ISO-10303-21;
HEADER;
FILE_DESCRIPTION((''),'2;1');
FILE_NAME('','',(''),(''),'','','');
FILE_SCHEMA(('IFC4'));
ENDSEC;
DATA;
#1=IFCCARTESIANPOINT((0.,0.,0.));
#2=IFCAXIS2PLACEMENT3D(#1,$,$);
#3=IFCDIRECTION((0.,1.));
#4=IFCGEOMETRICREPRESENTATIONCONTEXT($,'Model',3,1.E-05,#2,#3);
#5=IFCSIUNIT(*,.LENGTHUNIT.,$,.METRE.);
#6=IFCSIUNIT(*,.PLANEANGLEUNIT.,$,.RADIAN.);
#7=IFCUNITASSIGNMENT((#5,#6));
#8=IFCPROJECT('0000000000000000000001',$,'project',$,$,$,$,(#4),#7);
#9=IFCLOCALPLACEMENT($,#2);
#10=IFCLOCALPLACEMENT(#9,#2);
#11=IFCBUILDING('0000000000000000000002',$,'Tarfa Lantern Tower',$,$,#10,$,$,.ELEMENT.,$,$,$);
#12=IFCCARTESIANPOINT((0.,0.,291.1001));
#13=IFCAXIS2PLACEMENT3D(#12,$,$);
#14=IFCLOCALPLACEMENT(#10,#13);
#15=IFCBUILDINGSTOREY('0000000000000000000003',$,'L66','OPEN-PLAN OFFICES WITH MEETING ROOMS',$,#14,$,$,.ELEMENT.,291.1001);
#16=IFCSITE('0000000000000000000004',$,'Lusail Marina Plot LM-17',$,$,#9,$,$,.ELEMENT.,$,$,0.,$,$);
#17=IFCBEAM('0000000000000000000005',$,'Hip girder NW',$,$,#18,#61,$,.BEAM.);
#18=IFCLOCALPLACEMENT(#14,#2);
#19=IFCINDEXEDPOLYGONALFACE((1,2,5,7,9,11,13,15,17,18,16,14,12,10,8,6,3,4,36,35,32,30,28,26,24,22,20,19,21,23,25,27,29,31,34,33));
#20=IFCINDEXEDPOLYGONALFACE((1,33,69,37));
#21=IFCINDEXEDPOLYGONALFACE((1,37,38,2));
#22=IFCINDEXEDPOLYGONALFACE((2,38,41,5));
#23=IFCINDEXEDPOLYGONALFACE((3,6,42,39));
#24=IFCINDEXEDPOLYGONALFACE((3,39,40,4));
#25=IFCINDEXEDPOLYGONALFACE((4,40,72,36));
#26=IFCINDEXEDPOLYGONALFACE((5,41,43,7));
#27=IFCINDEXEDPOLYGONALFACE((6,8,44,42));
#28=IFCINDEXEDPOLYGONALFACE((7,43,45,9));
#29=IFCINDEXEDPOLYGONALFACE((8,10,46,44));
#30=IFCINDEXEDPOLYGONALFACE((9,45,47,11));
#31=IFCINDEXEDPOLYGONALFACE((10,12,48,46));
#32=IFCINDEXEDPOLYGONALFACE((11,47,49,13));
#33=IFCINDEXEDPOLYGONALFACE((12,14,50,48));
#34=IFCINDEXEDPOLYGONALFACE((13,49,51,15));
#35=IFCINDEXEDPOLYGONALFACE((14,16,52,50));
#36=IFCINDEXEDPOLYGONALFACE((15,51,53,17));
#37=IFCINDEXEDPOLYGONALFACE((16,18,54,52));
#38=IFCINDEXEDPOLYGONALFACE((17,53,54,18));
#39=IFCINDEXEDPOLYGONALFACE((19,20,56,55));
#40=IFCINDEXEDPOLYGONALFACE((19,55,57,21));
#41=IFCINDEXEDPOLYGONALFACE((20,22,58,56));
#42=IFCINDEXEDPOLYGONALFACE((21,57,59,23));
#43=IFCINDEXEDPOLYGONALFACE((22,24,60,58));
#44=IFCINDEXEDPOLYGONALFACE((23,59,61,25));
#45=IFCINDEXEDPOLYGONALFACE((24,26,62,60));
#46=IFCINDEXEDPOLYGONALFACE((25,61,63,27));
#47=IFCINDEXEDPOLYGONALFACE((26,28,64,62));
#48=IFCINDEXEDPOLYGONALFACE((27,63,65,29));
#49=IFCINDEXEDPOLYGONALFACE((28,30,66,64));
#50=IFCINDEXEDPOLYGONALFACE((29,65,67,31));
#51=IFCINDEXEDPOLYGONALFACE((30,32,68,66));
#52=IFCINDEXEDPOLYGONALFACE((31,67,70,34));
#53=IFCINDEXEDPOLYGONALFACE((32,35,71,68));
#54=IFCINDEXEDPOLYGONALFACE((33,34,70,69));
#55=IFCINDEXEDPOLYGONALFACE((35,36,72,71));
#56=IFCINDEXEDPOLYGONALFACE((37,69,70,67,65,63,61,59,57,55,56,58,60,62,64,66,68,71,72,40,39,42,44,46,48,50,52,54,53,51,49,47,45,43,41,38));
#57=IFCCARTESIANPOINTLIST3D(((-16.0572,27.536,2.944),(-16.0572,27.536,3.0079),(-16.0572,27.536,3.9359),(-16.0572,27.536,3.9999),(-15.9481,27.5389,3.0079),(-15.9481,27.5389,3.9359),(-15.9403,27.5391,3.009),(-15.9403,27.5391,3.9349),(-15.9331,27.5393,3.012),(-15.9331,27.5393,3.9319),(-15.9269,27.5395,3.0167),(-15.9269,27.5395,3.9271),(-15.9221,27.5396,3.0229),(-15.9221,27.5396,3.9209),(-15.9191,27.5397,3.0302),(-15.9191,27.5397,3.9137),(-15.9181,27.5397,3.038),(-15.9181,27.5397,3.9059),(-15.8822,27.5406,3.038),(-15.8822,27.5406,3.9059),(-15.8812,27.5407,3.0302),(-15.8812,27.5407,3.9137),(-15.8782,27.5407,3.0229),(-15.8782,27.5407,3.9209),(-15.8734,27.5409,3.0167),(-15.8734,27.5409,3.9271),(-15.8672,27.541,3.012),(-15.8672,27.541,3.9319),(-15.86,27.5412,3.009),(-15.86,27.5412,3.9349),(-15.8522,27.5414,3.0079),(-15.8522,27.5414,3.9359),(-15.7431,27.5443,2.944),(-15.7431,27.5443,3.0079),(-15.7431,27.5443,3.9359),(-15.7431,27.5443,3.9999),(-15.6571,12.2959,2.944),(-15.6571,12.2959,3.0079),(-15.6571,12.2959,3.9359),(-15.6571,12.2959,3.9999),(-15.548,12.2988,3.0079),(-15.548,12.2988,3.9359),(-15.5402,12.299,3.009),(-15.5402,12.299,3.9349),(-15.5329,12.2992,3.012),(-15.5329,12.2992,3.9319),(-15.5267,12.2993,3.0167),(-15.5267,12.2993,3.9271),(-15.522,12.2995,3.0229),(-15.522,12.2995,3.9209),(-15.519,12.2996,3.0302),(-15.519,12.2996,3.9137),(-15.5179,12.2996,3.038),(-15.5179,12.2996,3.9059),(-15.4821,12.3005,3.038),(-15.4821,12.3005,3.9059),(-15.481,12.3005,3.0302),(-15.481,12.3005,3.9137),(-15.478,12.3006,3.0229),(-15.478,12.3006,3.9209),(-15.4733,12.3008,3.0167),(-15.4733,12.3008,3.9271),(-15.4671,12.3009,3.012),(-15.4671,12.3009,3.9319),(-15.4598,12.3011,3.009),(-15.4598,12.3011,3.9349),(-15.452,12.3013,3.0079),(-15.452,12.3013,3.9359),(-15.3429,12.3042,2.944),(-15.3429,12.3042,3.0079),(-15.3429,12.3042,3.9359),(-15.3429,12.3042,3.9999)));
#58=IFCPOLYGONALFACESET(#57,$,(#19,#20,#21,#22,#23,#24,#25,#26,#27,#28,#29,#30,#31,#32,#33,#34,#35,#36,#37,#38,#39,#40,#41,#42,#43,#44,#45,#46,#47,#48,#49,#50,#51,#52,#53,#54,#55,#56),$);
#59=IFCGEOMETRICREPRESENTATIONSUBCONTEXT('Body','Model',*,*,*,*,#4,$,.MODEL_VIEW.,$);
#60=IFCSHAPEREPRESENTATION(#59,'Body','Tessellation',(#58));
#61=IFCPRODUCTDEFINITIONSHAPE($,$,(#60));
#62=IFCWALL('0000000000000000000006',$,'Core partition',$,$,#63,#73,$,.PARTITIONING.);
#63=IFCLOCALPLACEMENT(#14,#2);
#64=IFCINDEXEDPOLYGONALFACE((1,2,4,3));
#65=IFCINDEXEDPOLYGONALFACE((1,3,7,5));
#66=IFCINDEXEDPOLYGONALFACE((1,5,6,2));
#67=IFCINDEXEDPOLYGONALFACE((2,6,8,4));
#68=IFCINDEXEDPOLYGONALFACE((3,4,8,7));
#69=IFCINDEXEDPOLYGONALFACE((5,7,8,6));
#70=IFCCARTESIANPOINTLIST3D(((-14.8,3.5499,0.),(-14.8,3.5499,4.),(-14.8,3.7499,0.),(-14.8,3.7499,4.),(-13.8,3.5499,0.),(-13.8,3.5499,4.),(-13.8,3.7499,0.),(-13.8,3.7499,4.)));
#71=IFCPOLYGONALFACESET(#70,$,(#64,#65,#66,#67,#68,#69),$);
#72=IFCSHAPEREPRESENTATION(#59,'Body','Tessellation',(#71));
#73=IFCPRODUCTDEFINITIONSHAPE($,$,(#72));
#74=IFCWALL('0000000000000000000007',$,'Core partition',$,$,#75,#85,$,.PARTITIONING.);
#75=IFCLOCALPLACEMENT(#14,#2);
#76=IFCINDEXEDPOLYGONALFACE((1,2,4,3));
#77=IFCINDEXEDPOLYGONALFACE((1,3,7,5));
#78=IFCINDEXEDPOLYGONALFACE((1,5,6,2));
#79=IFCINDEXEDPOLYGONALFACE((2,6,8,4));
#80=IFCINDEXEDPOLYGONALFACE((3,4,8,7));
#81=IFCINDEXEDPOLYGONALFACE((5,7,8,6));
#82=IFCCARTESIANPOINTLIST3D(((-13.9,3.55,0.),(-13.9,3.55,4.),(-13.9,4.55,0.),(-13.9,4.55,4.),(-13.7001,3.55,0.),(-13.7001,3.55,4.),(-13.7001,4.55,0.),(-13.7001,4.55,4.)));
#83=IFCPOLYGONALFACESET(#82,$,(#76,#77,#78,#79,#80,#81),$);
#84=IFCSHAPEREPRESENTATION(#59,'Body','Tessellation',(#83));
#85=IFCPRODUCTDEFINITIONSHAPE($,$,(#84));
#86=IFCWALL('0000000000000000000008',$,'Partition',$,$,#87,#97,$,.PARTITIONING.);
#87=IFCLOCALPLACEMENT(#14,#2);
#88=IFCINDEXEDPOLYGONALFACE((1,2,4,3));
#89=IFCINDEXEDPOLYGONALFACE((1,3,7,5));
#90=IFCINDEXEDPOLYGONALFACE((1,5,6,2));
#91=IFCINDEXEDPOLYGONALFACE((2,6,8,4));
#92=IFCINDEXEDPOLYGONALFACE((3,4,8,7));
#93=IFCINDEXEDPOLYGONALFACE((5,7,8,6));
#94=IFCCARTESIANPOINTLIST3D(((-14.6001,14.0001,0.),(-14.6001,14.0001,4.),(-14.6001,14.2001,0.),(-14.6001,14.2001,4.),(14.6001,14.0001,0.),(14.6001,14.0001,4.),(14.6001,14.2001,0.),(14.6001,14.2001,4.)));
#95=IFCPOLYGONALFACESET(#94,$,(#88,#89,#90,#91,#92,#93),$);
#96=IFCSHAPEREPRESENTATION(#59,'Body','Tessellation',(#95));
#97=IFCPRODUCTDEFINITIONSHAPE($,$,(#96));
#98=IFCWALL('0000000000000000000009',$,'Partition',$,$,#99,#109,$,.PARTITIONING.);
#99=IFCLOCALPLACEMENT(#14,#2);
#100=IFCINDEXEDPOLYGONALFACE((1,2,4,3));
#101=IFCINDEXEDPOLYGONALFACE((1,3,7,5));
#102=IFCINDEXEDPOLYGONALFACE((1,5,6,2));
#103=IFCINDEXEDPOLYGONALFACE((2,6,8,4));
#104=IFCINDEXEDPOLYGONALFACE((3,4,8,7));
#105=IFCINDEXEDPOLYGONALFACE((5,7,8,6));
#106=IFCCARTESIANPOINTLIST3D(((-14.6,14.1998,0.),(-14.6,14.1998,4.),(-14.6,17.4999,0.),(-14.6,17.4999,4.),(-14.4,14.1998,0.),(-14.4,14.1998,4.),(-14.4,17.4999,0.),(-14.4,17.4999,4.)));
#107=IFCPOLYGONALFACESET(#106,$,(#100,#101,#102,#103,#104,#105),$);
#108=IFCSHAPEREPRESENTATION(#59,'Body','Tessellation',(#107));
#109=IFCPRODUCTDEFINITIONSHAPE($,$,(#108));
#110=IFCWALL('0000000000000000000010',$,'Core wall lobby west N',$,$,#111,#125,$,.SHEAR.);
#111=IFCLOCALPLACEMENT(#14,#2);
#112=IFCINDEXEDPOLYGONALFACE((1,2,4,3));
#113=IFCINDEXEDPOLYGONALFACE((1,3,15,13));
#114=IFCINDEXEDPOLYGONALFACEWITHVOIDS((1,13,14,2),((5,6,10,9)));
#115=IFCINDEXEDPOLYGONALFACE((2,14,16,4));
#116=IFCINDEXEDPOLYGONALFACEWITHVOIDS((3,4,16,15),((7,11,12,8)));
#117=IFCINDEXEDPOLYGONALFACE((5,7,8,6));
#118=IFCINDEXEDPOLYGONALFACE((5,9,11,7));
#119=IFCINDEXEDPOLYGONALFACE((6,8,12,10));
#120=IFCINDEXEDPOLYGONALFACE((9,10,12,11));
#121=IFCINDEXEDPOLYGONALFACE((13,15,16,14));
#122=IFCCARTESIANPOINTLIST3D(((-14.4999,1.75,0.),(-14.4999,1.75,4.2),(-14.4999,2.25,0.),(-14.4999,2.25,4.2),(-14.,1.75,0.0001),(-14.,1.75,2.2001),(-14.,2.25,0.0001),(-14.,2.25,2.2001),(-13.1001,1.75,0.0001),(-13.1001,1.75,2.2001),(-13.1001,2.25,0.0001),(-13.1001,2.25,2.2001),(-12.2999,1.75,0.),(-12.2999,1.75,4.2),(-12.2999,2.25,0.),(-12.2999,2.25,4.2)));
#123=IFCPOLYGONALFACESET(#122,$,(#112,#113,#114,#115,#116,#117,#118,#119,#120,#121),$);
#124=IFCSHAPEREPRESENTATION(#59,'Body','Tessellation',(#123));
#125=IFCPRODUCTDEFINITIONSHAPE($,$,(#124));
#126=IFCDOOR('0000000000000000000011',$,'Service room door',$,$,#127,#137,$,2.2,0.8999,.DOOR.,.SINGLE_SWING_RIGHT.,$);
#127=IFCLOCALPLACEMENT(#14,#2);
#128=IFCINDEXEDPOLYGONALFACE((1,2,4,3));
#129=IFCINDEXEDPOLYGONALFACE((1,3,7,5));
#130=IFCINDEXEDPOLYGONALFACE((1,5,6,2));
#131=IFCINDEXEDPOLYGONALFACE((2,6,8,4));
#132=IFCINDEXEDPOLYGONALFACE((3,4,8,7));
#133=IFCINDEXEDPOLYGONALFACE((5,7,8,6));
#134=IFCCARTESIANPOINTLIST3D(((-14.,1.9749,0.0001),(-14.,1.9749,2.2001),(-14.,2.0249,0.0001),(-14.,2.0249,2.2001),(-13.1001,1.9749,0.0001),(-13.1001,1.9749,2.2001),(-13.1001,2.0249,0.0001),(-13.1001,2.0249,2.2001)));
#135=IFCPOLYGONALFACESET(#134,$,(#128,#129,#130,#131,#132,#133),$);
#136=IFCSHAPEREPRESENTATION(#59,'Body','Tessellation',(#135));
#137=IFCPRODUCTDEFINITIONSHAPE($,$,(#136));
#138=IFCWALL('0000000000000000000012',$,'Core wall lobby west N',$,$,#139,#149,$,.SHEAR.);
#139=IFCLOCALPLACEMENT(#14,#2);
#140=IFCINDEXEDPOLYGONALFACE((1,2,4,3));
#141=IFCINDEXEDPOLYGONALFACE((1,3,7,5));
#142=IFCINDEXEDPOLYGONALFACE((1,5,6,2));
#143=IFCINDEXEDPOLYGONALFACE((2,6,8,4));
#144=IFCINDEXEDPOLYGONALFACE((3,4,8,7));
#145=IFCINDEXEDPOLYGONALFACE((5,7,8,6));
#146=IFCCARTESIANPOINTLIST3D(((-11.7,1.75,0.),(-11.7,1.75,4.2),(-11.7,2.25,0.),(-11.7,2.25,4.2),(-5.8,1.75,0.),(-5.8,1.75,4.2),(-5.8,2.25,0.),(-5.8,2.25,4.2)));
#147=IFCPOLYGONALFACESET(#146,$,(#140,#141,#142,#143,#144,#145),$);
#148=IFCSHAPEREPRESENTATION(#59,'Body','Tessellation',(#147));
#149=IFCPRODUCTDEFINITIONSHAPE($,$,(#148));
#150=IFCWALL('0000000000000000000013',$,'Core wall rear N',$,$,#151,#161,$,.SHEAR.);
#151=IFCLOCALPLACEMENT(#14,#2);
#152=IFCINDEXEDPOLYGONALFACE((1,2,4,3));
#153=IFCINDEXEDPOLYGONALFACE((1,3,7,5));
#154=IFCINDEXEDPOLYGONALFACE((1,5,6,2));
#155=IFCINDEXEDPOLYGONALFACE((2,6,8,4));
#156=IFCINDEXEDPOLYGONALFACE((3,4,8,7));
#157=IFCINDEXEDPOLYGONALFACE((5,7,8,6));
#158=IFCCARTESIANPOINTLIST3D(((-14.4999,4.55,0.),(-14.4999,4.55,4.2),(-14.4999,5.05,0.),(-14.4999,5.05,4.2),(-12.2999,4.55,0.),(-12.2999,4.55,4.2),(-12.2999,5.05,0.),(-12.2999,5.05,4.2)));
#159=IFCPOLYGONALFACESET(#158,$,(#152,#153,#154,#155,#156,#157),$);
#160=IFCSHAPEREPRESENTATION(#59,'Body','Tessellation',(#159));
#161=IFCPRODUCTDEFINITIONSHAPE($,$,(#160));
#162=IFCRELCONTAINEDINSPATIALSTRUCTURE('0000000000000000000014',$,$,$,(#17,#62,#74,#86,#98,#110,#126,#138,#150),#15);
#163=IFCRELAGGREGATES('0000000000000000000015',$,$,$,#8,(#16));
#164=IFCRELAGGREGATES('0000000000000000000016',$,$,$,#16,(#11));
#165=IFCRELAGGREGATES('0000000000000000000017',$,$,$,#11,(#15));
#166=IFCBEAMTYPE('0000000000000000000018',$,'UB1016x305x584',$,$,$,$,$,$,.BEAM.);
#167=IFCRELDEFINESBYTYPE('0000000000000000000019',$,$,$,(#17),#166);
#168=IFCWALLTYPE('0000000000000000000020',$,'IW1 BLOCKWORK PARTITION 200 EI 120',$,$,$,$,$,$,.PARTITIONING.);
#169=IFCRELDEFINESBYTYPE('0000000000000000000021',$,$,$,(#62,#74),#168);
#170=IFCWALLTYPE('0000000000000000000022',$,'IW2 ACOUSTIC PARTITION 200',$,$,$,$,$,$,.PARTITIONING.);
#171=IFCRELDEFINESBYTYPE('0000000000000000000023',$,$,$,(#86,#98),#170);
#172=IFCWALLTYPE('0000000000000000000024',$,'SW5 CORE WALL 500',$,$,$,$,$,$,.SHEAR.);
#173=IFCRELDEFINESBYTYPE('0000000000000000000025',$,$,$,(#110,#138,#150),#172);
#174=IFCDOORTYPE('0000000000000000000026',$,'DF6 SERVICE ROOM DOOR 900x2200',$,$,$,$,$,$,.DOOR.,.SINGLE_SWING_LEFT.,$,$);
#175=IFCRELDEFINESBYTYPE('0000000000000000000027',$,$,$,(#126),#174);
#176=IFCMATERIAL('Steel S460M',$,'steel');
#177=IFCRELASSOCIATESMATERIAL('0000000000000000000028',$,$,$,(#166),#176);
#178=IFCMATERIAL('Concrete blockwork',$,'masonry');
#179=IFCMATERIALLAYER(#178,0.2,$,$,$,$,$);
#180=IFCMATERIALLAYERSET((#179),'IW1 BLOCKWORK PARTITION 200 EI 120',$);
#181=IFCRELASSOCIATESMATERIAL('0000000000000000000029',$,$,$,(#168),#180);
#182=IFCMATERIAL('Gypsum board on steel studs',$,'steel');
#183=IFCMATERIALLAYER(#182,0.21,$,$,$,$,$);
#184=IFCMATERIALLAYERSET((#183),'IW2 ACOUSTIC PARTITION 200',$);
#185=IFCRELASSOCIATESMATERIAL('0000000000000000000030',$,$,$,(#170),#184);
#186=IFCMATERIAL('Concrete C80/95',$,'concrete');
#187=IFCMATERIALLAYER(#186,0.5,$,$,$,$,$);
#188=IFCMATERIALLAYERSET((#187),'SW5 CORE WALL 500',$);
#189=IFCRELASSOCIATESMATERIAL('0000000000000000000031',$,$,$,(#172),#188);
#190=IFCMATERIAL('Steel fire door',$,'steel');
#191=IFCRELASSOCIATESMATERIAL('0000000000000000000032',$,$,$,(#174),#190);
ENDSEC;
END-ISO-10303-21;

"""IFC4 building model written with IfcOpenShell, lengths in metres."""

from ifc_helpers import new_model, si_unit, direction, frame, frame_2d, origin, origin_2d, place, context, subcontext, project, spatial, rectangle, i_section, extrude, material, layer, layer_set, material_profile, profile_set, type_object, element, fill, save


model = new_model("IFC4")

# Units and contexts
model_context = context("Model", 3, precision=1e-05, world=origin(), true_north=direction((0.0, 1.0)))
body_context = subcontext(model_context, "Body", "Model", "MODEL_VIEW")
ifc_project = project(units=[si_unit("LENGTHUNIT", "METRE"), si_unit("PLANEANGLEUNIT", "RADIAN")], contexts=[model_context])

# Site, building, storey
site_placement = place(None, origin())
site = spatial("IfcSite", under=ifc_project, at=site_placement, Name="Lusail Marina Plot LM-17", CompositionType="ELEMENT", RefElevation=0.0)
building_placement = place(site_placement, origin())
building = spatial("IfcBuilding", under=site, at=building_placement, Name="Tarfa Lantern Tower", CompositionType="ELEMENT")
storey_placement = place(building_placement, frame((0.0, 0.0, 291.1001)))
storey = spatial("IfcBuildingStorey", under=building, at=storey_placement, Name="L66", Description="OPEN-PLAN OFFICES WITH MEETING ROOMS", CompositionType="ELEMENT", Elevation=291.1001)

# Beam
ifc_material_1 = material(Name="Steel S460M", Category="steel")
ifc_material_profile = material_profile(ifc_material_1, i_section(OverallWidth=0.3142, OverallDepth=1.0559, WebThickness=0.0359, FlangeThickness=0.064, FilletRadius=0.03, at=origin_2d()), Name="UB1016x305x584")
ifc_profile_set = profile_set([ifc_material_profile], Name="Steel S460M")
beam_type = type_object("IfcBeamType", Name="UB1016x305x584", PredefinedType="BEAM", material=ifc_profile_set)
beam_placement = place(storey_placement, frame((-15.5, 12.3, 3.4719), z_axis=(-0.026247, 0.999655, 0.0), x_axis=(-0.999655, -0.026247, 0.0)))
element("IfcBeam", 1, at=beam_placement, inside=storey, type_object=beam_type, Name="Hip girder NW", PredefinedType="BEAM", context=body_context, shape_type="SweptSolid", body=[
    extrude(i_section(OverallWidth=0.3142, OverallDepth=1.0559, WebThickness=0.0359, FlangeThickness=0.064, FilletRadius=0.03, at=origin_2d()), origin(), (0.0, 0.0, 1.0), 15.2454),
])

# Walls
ifc_material_2 = material(Name="Concrete blockwork", Category="masonry")
ifc_layer_1 = layer(ifc_material_2, 0.2)
ifc_layer_set_1 = layer_set([ifc_layer_1], Name="IW1 BLOCKWORK PARTITION 200 EI 120")
wall_type_1 = type_object("IfcWallType", Name="IW1 BLOCKWORK PARTITION 200 EI 120", PredefinedType="PARTITIONING", material=ifc_layer_set_1)
for number, where, z_axis, x_axis, name in (
    (2, (-14.8, 3.6499, 0.0), (0.0, 0.0, 1.0), (1.0, 0.0, 0.0), "Core partition"),
    (3, (-13.8, 3.55, 0.0), (0.0, 0.0, 1.0), (0.0, 1.0, 0.0), "Core partition"),
):
    element("IfcWall", number, at=place(storey_placement, frame(where, z_axis=z_axis, x_axis=x_axis)), inside=storey, type_object=wall_type_1, Name=name, PredefinedType="PARTITIONING", context=body_context, shape_type="SweptSolid", body=[
        extrude(rectangle(XDim=1.0, YDim=0.2, at=frame_2d((0.5, 0.0))), origin(), (0.0, 0.0, 1.0), 4.0),
    ])
ifc_material_3 = material(Name="Gypsum board on steel studs", Category="steel")
ifc_layer_2 = layer(ifc_material_3, 0.21)
ifc_layer_set_2 = layer_set([ifc_layer_2], Name="IW2 ACOUSTIC PARTITION 200")
wall_type_2 = type_object("IfcWallType", Name="IW2 ACOUSTIC PARTITION 200", PredefinedType="PARTITIONING", material=ifc_layer_set_2)
wall_1_placement = place(storey_placement, frame((-14.6001, 14.1001, 0.0), z_axis=(0.0, 0.0, 1.0), x_axis=(1.0, 0.0, 0.0)))
element("IfcWall", 4, at=wall_1_placement, inside=storey, type_object=wall_type_2, Name="Partition", PredefinedType="PARTITIONING", context=body_context, shape_type="SweptSolid", body=[
    extrude(rectangle(XDim=29.2002, YDim=0.2, at=frame_2d((14.6001, 0.0))), origin(), (0.0, 0.0, 1.0), 4.0),
])
wall_2_placement = place(storey_placement, frame((-14.5, 14.2, 0.0), z_axis=(0.0, 0.0, 1.0), x_axis=(0.0, 1.0, 0.0)))
element("IfcWall", 5, at=wall_2_placement, inside=storey, type_object=wall_type_2, Name="Partition", PredefinedType="PARTITIONING", context=body_context, shape_type="SweptSolid", body=[
    extrude(rectangle(XDim=3.3, YDim=0.2, at=frame_2d((1.6499, 0.0))), origin(), (0.0, 0.0, 1.0), 4.0),
])

# Wall, opening, door
ifc_material_4 = material(Name="Concrete C80/95", Category="concrete")
ifc_material_5 = material(Name="Steel fire door", Category="steel")
ifc_layer_3 = layer(ifc_material_4, 0.5)
ifc_layer_set_3 = layer_set([ifc_layer_3], Name="SW5 CORE WALL 500")
wall_type_3 = type_object("IfcWallType", Name="SW5 CORE WALL 500", PredefinedType="SHEAR", material=ifc_layer_set_3)
wall_3_placement = place(storey_placement, frame((-14.5, 2.0, 0.0), z_axis=(0.0, 0.0, 1.0), x_axis=(1.0, 0.0, 0.0)))
wall_3 = element("IfcWall", 6, at=wall_3_placement, inside=storey, type_object=wall_type_3, Name="Core wall lobby west N", PredefinedType="SHEAR", context=body_context, shape_type="SweptSolid", body=[
    extrude(rectangle(XDim=2.2, YDim=0.5, at=frame_2d((1.1001, 0.0))), origin(), (0.0, 0.0, 1.0), 4.2),
])
opening_1_placement = place(wall_3_placement, frame((0.5, 0.0, 0.0)))
opening_1 = element("IfcOpeningElement", 7, at=opening_1_placement, cuts=wall_3, PredefinedType="OPENING", context=body_context, shape_type="SweptSolid", body=[
    extrude(rectangle(XDim=0.8999, YDim=2.2, at=frame_2d((0.45, 1.1001))), frame((0.0, 0.26, 0.0), z_axis=(0.0, -1.0, 0.0), x_axis=(1.0, 0.0, 0.0)), (0.0, 0.0, 1.0), 0.52),
])
door_type_1 = type_object("IfcDoorType", Name="DF6 SERVICE ROOM DOOR 900x2200", OperationType="SINGLE_SWING_LEFT", PredefinedType="DOOR", material=ifc_material_5)
door_1_placement = place(opening_1_placement, origin())
door_1 = element("IfcDoor", 8, at=door_1_placement, inside=storey, type_object=door_type_1, Name="Service room door", OperationType="SINGLE_SWING_RIGHT", OverallHeight=2.2, OverallWidth=0.8999, PredefinedType="DOOR", context=body_context, shape_type="SweptSolid", body=[
    extrude(rectangle(XDim=0.8999, YDim=2.2, at=frame_2d((0.45, 1.1001))), frame((0.0, 0.0249, 0.0), z_axis=(0.0, -1.0, 0.0), x_axis=(1.0, 0.0, 0.0)), (0.0, 0.0, 1.0), 0.05),
])
fill(opening_1, door_1)

# Walls
wall_4_placement = place(storey_placement, frame((-11.7, 2.0, 0.0), z_axis=(0.0, 0.0, 1.0), x_axis=(1.0, 0.0, 0.0)))
element("IfcWall", 9, at=wall_4_placement, inside=storey, type_object=wall_type_3, Name="Core wall lobby west N", PredefinedType="SHEAR", context=body_context, shape_type="SweptSolid", body=[
    extrude(rectangle(XDim=5.8999, YDim=0.5, at=frame_2d((2.95, 0.0))), origin(), (0.0, 0.0, 1.0), 4.2),
])
wall_5_placement = place(storey_placement, frame((-14.5, 4.8, 0.0), z_axis=(0.0, 0.0, 1.0), x_axis=(1.0, 0.0, 0.0)))
element("IfcWall", 10, at=wall_5_placement, inside=storey, type_object=wall_type_3, Name="Core wall rear N", PredefinedType="SHEAR", context=body_context, shape_type="SweptSolid", body=[
    extrude(rectangle(XDim=2.2, YDim=0.5, at=frame_2d((1.1001, 0.0))), origin(), (0.0, 0.0, 1.0), 4.2),
])

save(model, "model.ifc")
